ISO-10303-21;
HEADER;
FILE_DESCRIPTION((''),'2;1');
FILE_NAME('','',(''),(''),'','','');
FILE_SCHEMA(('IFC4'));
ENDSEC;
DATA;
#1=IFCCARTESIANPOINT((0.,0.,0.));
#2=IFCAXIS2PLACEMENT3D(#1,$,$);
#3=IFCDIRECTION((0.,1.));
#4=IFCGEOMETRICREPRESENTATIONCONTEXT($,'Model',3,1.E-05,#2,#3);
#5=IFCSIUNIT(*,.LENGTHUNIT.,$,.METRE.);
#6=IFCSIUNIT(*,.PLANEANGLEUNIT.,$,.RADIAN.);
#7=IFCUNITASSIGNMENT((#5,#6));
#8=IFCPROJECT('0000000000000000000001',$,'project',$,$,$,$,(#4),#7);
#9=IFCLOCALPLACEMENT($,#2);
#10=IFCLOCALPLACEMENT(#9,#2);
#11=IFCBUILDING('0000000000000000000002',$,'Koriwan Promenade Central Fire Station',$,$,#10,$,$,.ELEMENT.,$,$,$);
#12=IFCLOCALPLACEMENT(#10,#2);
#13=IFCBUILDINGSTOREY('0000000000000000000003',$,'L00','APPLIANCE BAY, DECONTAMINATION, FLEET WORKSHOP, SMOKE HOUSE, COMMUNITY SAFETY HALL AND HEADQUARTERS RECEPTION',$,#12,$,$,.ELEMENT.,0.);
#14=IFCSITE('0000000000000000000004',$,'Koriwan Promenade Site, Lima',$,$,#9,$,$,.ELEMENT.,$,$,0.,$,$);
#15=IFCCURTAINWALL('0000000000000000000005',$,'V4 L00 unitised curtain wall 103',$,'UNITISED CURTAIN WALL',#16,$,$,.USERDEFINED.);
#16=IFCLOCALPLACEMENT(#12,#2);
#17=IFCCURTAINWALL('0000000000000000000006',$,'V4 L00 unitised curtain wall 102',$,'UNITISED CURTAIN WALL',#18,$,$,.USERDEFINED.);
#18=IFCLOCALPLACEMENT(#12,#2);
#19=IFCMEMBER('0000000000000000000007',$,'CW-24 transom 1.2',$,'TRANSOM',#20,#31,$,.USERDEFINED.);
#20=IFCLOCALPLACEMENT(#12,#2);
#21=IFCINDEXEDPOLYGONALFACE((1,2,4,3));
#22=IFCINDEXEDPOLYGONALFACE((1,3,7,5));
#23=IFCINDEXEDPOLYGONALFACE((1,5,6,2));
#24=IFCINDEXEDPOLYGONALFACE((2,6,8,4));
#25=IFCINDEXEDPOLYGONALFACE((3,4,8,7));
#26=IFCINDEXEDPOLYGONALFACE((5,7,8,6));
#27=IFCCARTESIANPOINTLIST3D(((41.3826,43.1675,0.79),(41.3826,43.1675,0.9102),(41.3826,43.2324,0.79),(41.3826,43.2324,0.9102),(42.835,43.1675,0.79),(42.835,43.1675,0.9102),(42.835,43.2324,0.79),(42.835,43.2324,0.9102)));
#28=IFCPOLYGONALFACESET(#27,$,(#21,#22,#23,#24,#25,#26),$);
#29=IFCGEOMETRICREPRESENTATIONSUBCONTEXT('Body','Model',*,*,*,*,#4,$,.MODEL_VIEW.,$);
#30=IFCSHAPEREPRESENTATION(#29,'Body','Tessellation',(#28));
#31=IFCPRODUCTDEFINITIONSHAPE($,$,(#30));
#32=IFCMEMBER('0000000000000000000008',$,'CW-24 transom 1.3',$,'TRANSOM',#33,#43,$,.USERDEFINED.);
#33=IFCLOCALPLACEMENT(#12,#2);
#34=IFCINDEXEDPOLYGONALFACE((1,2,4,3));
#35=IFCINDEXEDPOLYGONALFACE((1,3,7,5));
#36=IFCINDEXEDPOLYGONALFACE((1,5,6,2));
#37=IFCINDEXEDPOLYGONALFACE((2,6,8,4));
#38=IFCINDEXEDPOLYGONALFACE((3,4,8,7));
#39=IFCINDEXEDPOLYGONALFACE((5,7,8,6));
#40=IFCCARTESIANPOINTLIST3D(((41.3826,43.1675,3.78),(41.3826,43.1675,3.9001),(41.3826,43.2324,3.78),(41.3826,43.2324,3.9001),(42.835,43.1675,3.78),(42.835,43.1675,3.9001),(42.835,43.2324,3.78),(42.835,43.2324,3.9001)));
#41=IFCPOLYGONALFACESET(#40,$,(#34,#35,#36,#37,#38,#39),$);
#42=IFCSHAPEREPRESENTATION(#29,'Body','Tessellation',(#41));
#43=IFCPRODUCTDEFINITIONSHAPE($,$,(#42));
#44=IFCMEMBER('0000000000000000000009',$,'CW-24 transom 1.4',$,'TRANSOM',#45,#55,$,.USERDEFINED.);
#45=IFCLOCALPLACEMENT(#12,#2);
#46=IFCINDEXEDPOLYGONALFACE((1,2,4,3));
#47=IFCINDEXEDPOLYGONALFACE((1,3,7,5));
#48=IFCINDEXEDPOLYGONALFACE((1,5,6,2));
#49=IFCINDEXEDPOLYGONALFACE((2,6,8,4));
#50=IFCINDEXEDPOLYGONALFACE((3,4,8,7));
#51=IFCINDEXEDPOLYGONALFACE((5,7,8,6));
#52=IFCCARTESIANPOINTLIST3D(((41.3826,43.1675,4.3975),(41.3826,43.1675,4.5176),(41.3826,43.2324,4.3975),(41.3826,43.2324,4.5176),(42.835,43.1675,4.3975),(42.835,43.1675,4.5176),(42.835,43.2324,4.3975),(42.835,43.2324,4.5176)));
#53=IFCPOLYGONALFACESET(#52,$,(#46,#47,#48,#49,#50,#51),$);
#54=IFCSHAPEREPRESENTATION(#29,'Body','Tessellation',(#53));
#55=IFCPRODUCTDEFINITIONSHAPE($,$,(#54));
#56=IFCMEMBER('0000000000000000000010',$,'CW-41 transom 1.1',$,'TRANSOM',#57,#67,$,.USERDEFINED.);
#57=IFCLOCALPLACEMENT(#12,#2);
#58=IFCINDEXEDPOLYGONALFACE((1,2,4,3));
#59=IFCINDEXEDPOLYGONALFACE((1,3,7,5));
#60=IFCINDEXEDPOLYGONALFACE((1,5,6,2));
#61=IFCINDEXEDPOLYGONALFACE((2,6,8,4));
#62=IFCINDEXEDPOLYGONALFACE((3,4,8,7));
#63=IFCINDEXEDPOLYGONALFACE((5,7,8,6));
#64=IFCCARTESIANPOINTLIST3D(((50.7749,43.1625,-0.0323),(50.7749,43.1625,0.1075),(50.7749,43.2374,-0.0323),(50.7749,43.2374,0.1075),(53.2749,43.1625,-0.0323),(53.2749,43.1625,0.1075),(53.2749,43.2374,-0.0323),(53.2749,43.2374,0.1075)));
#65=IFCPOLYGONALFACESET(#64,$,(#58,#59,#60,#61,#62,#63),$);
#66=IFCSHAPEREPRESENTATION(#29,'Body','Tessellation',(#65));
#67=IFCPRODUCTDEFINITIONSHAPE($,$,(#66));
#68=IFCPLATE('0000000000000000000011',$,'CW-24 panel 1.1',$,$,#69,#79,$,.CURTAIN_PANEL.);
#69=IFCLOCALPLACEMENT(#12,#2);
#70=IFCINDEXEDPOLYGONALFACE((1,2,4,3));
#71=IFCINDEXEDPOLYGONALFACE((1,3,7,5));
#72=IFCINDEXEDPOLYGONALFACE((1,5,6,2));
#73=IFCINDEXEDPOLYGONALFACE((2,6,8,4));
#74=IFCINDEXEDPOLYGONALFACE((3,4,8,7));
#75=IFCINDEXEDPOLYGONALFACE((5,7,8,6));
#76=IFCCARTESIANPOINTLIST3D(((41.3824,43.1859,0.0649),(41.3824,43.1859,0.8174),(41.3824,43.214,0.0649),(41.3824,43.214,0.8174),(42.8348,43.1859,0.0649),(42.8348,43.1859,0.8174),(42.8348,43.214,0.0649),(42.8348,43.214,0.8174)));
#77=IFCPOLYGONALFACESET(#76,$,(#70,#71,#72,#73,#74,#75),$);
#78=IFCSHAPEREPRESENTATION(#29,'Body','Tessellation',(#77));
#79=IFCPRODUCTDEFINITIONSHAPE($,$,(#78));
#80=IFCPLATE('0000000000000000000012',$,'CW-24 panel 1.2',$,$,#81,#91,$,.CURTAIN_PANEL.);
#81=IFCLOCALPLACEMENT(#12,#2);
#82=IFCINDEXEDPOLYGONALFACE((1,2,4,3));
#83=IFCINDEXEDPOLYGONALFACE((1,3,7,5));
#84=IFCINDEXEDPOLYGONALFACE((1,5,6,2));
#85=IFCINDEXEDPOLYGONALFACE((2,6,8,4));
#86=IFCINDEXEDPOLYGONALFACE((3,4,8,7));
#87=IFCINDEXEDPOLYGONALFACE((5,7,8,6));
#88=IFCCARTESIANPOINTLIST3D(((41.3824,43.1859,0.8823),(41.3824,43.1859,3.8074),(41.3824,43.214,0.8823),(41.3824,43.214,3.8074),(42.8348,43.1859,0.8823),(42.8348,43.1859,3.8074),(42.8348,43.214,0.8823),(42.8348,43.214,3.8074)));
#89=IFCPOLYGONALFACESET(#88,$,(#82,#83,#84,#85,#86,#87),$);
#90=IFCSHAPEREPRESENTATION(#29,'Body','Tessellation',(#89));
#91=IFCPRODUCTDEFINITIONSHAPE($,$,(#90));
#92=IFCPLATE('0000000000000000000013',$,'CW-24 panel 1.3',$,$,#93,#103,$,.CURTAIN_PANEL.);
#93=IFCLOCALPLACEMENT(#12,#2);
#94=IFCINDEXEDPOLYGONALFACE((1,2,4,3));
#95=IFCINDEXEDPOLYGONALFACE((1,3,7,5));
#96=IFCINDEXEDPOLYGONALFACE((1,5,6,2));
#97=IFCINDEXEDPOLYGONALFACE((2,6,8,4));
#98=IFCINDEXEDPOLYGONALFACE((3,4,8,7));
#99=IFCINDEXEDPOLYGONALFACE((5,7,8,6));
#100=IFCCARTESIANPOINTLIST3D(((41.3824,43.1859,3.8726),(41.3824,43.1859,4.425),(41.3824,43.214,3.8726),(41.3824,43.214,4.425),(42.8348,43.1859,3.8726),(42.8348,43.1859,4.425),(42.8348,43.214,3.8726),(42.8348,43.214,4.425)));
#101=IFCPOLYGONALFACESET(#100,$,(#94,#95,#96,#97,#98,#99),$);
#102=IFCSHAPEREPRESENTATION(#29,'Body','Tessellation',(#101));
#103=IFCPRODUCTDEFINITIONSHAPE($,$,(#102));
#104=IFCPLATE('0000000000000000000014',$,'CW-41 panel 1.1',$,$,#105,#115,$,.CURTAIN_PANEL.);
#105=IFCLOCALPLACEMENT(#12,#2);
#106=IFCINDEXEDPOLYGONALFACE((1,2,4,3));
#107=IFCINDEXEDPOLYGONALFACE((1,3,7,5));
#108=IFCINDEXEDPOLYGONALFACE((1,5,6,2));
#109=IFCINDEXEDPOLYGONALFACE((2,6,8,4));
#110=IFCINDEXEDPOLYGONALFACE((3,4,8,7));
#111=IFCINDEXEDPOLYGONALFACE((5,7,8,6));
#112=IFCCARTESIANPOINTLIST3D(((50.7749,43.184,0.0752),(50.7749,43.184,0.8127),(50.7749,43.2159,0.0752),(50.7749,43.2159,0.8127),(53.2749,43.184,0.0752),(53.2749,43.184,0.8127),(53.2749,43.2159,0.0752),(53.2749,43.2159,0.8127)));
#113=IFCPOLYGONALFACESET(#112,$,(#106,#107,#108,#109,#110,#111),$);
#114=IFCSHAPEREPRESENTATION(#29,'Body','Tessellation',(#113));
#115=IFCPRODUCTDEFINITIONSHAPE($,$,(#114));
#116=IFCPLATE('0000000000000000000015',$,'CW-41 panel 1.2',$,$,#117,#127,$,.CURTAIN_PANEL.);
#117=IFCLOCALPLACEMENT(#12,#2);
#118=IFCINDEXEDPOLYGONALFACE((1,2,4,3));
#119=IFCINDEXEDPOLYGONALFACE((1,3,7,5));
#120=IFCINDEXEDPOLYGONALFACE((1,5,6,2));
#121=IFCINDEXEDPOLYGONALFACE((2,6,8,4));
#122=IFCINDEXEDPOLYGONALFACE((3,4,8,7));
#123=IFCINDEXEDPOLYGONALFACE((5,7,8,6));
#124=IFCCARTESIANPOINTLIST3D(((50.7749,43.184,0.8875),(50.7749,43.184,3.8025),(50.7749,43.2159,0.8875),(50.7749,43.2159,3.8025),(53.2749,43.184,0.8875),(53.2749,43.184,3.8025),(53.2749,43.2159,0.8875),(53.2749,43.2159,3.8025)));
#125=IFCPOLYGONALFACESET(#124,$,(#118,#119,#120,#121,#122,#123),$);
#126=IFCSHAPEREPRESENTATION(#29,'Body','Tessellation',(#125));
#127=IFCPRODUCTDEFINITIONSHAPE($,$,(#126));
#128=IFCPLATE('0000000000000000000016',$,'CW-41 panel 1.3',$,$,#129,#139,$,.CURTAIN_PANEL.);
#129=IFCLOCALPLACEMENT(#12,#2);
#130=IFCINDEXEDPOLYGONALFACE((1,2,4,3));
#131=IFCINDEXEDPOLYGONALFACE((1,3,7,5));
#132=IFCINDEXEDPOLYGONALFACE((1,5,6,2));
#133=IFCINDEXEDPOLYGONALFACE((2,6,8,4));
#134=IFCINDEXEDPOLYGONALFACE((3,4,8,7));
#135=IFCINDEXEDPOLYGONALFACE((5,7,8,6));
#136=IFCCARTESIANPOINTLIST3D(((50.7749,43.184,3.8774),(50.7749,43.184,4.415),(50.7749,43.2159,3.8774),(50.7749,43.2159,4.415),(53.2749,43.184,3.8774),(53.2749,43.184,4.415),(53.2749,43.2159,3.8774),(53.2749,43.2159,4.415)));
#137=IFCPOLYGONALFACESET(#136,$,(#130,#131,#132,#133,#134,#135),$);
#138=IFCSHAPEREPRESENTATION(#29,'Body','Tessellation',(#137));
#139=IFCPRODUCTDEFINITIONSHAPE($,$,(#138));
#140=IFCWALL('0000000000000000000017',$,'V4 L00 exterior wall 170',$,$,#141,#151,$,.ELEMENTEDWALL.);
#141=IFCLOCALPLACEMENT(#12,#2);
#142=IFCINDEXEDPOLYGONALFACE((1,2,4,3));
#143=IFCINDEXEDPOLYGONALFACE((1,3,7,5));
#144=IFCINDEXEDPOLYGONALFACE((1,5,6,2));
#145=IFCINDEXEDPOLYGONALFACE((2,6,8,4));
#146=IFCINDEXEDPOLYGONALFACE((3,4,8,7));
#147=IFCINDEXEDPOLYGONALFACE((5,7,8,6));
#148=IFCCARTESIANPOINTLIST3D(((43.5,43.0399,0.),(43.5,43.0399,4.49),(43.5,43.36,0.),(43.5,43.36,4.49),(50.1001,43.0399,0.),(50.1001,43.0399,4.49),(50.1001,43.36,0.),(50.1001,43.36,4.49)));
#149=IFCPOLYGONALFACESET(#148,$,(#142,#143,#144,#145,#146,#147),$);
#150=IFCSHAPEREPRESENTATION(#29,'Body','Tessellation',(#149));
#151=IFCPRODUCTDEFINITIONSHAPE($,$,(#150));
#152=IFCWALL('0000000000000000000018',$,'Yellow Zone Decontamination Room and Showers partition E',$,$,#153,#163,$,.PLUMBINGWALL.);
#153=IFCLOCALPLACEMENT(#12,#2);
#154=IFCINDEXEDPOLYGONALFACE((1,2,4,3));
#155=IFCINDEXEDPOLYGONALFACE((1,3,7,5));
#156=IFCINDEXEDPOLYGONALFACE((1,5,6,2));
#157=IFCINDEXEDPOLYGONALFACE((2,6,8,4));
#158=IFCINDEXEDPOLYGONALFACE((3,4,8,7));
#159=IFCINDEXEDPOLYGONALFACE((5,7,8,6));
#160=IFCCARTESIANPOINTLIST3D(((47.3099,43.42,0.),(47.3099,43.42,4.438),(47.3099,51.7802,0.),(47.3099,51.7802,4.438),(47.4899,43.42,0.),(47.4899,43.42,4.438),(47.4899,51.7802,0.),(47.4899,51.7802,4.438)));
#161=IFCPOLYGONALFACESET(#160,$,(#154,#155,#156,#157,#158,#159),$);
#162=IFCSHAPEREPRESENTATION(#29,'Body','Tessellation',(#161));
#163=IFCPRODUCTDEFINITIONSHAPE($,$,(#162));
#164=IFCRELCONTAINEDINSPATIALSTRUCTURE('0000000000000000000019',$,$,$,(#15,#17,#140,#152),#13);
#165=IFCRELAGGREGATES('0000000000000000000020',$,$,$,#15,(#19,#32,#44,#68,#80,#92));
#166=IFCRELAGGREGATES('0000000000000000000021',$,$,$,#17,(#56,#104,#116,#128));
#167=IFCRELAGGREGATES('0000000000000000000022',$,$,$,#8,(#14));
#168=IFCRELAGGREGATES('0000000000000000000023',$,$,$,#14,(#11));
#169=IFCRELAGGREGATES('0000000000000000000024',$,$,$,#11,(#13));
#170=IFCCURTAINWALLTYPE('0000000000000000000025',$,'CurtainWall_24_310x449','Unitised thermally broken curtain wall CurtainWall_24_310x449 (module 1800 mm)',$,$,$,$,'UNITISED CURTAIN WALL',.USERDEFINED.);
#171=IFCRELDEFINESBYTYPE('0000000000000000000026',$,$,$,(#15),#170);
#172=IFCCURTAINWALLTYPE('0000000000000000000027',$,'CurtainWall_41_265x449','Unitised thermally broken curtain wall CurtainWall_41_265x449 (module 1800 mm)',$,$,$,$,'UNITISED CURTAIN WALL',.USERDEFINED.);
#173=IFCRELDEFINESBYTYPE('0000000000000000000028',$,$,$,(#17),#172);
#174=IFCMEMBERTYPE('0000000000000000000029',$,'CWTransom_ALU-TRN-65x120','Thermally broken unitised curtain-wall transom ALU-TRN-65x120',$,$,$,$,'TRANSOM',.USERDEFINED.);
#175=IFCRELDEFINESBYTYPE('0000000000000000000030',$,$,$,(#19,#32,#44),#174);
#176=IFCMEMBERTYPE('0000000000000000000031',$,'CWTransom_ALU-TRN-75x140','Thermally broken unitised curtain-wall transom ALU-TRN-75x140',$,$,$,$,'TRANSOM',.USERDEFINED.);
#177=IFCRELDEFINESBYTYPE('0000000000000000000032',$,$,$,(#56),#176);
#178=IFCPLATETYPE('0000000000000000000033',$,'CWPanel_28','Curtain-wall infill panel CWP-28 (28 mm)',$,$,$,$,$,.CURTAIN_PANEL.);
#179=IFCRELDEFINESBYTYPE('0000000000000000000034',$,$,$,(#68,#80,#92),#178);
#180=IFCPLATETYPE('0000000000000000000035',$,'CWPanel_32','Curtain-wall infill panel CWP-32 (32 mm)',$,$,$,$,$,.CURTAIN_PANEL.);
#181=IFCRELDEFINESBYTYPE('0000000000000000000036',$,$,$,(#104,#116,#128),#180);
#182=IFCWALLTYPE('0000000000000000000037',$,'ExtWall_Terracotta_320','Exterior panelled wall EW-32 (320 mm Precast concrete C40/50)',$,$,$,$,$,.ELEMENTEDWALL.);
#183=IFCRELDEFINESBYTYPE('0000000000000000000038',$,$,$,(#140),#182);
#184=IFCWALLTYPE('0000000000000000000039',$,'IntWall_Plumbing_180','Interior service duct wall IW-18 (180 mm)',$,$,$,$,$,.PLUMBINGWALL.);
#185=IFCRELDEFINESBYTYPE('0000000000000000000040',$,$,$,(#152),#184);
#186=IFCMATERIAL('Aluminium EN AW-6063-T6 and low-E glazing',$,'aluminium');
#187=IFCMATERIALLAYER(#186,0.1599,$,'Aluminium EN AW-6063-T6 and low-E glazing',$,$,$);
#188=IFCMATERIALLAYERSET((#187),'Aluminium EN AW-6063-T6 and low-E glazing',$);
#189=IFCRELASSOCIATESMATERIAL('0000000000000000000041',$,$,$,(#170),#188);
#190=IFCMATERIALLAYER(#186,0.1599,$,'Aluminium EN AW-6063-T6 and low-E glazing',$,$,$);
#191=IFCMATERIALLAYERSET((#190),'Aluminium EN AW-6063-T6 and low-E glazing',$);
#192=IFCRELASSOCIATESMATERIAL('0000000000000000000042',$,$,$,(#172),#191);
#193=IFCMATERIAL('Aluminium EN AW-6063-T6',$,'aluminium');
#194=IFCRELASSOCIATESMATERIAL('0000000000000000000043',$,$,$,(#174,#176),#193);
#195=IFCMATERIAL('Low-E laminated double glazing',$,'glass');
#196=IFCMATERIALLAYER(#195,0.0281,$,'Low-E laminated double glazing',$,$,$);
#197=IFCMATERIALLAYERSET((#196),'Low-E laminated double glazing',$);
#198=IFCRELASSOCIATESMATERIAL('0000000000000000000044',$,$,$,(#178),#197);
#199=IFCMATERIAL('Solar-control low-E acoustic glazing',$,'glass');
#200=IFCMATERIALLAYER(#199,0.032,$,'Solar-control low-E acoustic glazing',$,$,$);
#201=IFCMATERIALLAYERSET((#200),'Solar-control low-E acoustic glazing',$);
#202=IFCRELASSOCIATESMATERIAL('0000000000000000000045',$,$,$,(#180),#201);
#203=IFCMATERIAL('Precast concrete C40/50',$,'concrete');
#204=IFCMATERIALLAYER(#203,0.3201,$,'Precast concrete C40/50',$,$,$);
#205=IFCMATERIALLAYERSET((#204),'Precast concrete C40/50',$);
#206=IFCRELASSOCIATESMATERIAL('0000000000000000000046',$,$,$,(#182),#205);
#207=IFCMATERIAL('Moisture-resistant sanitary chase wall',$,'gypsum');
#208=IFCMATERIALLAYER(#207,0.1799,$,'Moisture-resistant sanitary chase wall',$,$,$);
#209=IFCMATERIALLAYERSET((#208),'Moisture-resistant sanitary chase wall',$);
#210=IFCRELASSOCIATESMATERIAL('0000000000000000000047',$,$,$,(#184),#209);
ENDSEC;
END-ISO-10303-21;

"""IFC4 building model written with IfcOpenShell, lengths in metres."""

from ifc_helpers import new_model, si_unit, direction, frame, frame_2d, origin, origin_2d, place, context, subcontext, project, spatial, rectangle, extrude, material, layer, layer_set, material_profile, profile_set, type_object, element, aggregate, save


model = new_model("IFC4")

# Units and contexts
model_context = context("Model", 3, precision=1e-05, world=origin(), true_north=direction((0.0, 1.0)))
body_context = subcontext(model_context, "Body", "Model", "MODEL_VIEW")
ifc_project = project(units=[si_unit("LENGTHUNIT", "METRE"), si_unit("PLANEANGLEUNIT", "RADIAN")], contexts=[model_context])

# Site, building, storey
site_placement = place(None, origin())
site = spatial("IfcSite", under=ifc_project, at=site_placement, Name="Koriwan Promenade Site, Lima", CompositionType="ELEMENT", RefElevation=0.0)
building_placement = place(site_placement, origin())
building = spatial("IfcBuilding", under=site, at=building_placement, Name="Koriwan Promenade Central Fire Station", CompositionType="ELEMENT")
storey_placement = place(building_placement, origin())
storey = spatial("IfcBuildingStorey", under=building, at=storey_placement, Name="L00", Description="APPLIANCE BAY, DECONTAMINATION, FLEET WORKSHOP, SMOKE HOUSE, COMMUNITY SAFETY HALL AND HEADQUARTERS RECEPTION", CompositionType="ELEMENT", Elevation=0.0)

# Curtain walls
ifc_material_1 = material(Name="Aluminium EN AW-6063-T6 and low-E glazing", Category="aluminium")
ifc_layer_1 = layer(ifc_material_1, 0.1599, Name="Aluminium EN AW-6063-T6 and low-E glazing")
ifc_layer_set_1 = layer_set([ifc_layer_1], Name="Aluminium EN AW-6063-T6 and low-E glazing")
curtain_wall_type_1 = type_object("IfcCurtainWallType", Name="CurtainWall_24_310x449", Description="Unitised thermally broken curtain wall CurtainWall_24_310x449 (module 1800 mm)", ElementType="UNITISED CURTAIN WALL", PredefinedType="USERDEFINED", material=ifc_layer_set_1)
curtain_wall_1_placement = place(storey_placement, origin())
curtain_wall_1 = element("IfcCurtainWall", 1, at=curtain_wall_1_placement, inside=storey, type_object=curtain_wall_type_1, Name="V4 L00 unitised curtain wall 103", ObjectType="UNITISED CURTAIN WALL", PredefinedType="USERDEFINED")
ifc_material_2 = material(Name="Aluminium EN AW-6063-T6", Category="aluminium")
ifc_layer_2 = layer(ifc_material_1, 0.1599, Name="Aluminium EN AW-6063-T6 and low-E glazing")
ifc_layer_set_2 = layer_set([ifc_layer_2], Name="Aluminium EN AW-6063-T6 and low-E glazing")
curtain_wall_type_2 = type_object("IfcCurtainWallType", Name="CurtainWall_41_265x449", Description="Unitised thermally broken curtain wall CurtainWall_41_265x449 (module 1800 mm)", ElementType="UNITISED CURTAIN WALL", PredefinedType="USERDEFINED", material=ifc_layer_set_2)
curtain_wall_2_placement = place(storey_placement, origin())
curtain_wall_2 = element("IfcCurtainWall", 2, at=curtain_wall_2_placement, inside=storey, type_object=curtain_wall_type_2, Name="V4 L00 unitised curtain wall 102", ObjectType="UNITISED CURTAIN WALL", PredefinedType="USERDEFINED")

# Members
ifc_material_profile_1 = material_profile(ifc_material_2, rectangle(XDim=0.0649, YDim=0.1201, at=origin_2d()), Name="ALU-TRN-65x120")
ifc_profile_set_1 = profile_set([ifc_material_profile_1], Name="Aluminium EN AW-6063-T6")
member_type_1 = type_object("IfcMemberType", Name="CWTransom_ALU-TRN-65x120", Description="Thermally broken unitised curtain-wall transom ALU-TRN-65x120", ElementType="TRANSOM", PredefinedType="USERDEFINED", material=ifc_profile_set_1)
member_1_placement = place(storey_placement, frame((42.835, 43.2, 0.8501), z_axis=(-1.0, 0.0, 0.0), x_axis=(0.0, -1.0, 0.0)))
member_1 = element("IfcMember", 3, at=member_1_placement, type_object=member_type_1, Name="CW-24 transom 1.2", ObjectType="TRANSOM", PredefinedType="USERDEFINED", context=body_context, shape_type="SweptSolid", body=[
    extrude(rectangle(XDim=0.0649, YDim=0.1201, at=origin_2d()), origin(), (0.0, 0.0, 1.0), 1.4524),
])
member_2_placement = place(storey_placement, frame((42.835, 43.2, 3.8401), z_axis=(-1.0, 0.0, 0.0), x_axis=(0.0, -1.0, 0.0)))
member_2 = element("IfcMember", 4, at=member_2_placement, type_object=member_type_1, Name="CW-24 transom 1.3", ObjectType="TRANSOM", PredefinedType="USERDEFINED", context=body_context, shape_type="SweptSolid", body=[
    extrude(rectangle(XDim=0.0649, YDim=0.1201, at=origin_2d()), origin(), (0.0, 0.0, 1.0), 1.4524),
])
member_3_placement = place(storey_placement, frame((42.835, 43.2, 4.4575), z_axis=(-1.0, 0.0, 0.0), x_axis=(0.0, -1.0, 0.0)))
member_3 = element("IfcMember", 5, at=member_3_placement, type_object=member_type_1, Name="CW-24 transom 1.4", ObjectType="TRANSOM", PredefinedType="USERDEFINED", context=body_context, shape_type="SweptSolid", body=[
    extrude(rectangle(XDim=0.0649, YDim=0.1201, at=origin_2d()), origin(), (0.0, 0.0, 1.0), 1.4524),
])
ifc_material_profile_2 = material_profile(ifc_material_2, rectangle(XDim=0.075, YDim=0.1399, at=origin_2d()), Name="ALU-TRN-75x140")
ifc_profile_set_2 = profile_set([ifc_material_profile_2], Name="Aluminium EN AW-6063-T6")
member_type_2 = type_object("IfcMemberType", Name="CWTransom_ALU-TRN-75x140", Description="Thermally broken unitised curtain-wall transom ALU-TRN-75x140", ElementType="TRANSOM", PredefinedType="USERDEFINED", material=ifc_profile_set_2)
member_4_placement = place(storey_placement, frame((53.2749, 43.2, 0.0376), z_axis=(-1.0, 0.0, 0.0), x_axis=(0.0, -1.0, 0.0)))
member_4 = element("IfcMember", 6, at=member_4_placement, type_object=member_type_2, Name="CW-41 transom 1.1", ObjectType="TRANSOM", PredefinedType="USERDEFINED", context=body_context, shape_type="SweptSolid", body=[
    extrude(rectangle(XDim=0.075, YDim=0.1399, at=origin_2d()), origin(), (0.0, 0.0, 1.0), 2.5),
])

# Plates
ifc_material_3 = material(Name="Low-E laminated double glazing", Category="glass")
ifc_layer_3 = layer(ifc_material_3, 0.0281, Name="Low-E laminated double glazing")
ifc_layer_set_3 = layer_set([ifc_layer_3], Name="Low-E laminated double glazing")
plate_type_1 = type_object("IfcPlateType", Name="CWPanel_28", Description="Curtain-wall infill panel CWP-28 (28 mm)", PredefinedType="CURTAIN_PANEL", material=ifc_layer_set_3)
plate_1_placement = place(storey_placement, frame((42.1086, 43.2, 0.0649), z_axis=(0.0, 0.0, 1.0), x_axis=(-1.0, 0.0, 0.0)))
plate_1 = element("IfcPlate", 7, at=plate_1_placement, type_object=plate_type_1, Name="CW-24 panel 1.1", PredefinedType="CURTAIN_PANEL", context=body_context, shape_type="SweptSolid", body=[
    extrude(rectangle(XDim=1.4524, YDim=0.0281, at=origin_2d()), origin(), (0.0, 0.0, 1.0), 0.7524),
])
plate_2_placement = place(storey_placement, frame((42.1086, 43.2, 0.8823), z_axis=(0.0, 0.0, 1.0), x_axis=(-1.0, 0.0, 0.0)))
plate_2 = element("IfcPlate", 8, at=plate_2_placement, type_object=plate_type_1, Name="CW-24 panel 1.2", PredefinedType="CURTAIN_PANEL", context=body_context, shape_type="SweptSolid", body=[
    extrude(rectangle(XDim=1.4524, YDim=0.0281, at=origin_2d()), origin(), (0.0, 0.0, 1.0), 2.925),
])
plate_3_placement = place(storey_placement, frame((42.1086, 43.2, 3.8726), z_axis=(0.0, 0.0, 1.0), x_axis=(-1.0, 0.0, 0.0)))
plate_3 = element("IfcPlate", 9, at=plate_3_placement, type_object=plate_type_1, Name="CW-24 panel 1.3", PredefinedType="CURTAIN_PANEL", context=body_context, shape_type="SweptSolid", body=[
    extrude(rectangle(XDim=1.4524, YDim=0.0281, at=origin_2d()), origin(), (0.0, 0.0, 1.0), 0.5525),
])
aggregate(curtain_wall_1, [member_1, member_2, member_3, plate_1, plate_2, plate_3])
ifc_material_4 = material(Name="Solar-control low-E acoustic glazing", Category="glass")
ifc_layer_4 = layer(ifc_material_4, 0.032, Name="Solar-control low-E acoustic glazing")
ifc_layer_set_4 = layer_set([ifc_layer_4], Name="Solar-control low-E acoustic glazing")
plate_type_2 = type_object("IfcPlateType", Name="CWPanel_32", Description="Curtain-wall infill panel CWP-32 (32 mm)", PredefinedType="CURTAIN_PANEL", material=ifc_layer_set_4)
plate_4_placement = place(storey_placement, frame((52.0249, 43.2, 0.0752), z_axis=(0.0, 0.0, 1.0), x_axis=(-1.0, 0.0, 0.0)))
plate_4 = element("IfcPlate", 10, at=plate_4_placement, type_object=plate_type_2, Name="CW-41 panel 1.1", PredefinedType="CURTAIN_PANEL", context=body_context, shape_type="SweptSolid", body=[
    extrude(rectangle(XDim=2.5, YDim=0.032, at=origin_2d()), origin(), (0.0, 0.0, 1.0), 0.7375),
])
plate_5_placement = place(storey_placement, frame((52.0249, 43.2, 0.8875), z_axis=(0.0, 0.0, 1.0), x_axis=(-1.0, 0.0, 0.0)))
plate_5 = element("IfcPlate", 11, at=plate_5_placement, type_object=plate_type_2, Name="CW-41 panel 1.2", PredefinedType="CURTAIN_PANEL", context=body_context, shape_type="SweptSolid", body=[
    extrude(rectangle(XDim=2.5, YDim=0.032, at=origin_2d()), origin(), (0.0, 0.0, 1.0), 2.915),
])
plate_6_placement = place(storey_placement, frame((52.0249, 43.2, 3.8774), z_axis=(0.0, 0.0, 1.0), x_axis=(-1.0, 0.0, 0.0)))
plate_6 = element("IfcPlate", 12, at=plate_6_placement, type_object=plate_type_2, Name="CW-41 panel 1.3", PredefinedType="CURTAIN_PANEL", context=body_context, shape_type="SweptSolid", body=[
    extrude(rectangle(XDim=2.5, YDim=0.032, at=origin_2d()), origin(), (0.0, 0.0, 1.0), 0.5376),
])
aggregate(curtain_wall_2, [member_4, plate_4, plate_5, plate_6])

# Walls
ifc_material_5 = material(Name="Precast concrete C40/50", Category="concrete")
ifc_layer_5 = layer(ifc_material_5, 0.3201, Name="Precast concrete C40/50")
ifc_layer_set_5 = layer_set([ifc_layer_5], Name="Precast concrete C40/50")
wall_type_1 = type_object("IfcWallType", Name="ExtWall_Terracotta_320", Description="Exterior panelled wall EW-32 (320 mm Precast concrete C40/50)", PredefinedType="ELEMENTEDWALL", material=ifc_layer_set_5)
wall_1_placement = place(storey_placement, frame((50.1001, 43.2, 0.0), z_axis=(0.0, 0.0, 1.0), x_axis=(-1.0, 0.0, 0.0)))
element("IfcWall", 13, at=wall_1_placement, inside=storey, type_object=wall_type_1, Name="V4 L00 exterior wall 170", PredefinedType="ELEMENTEDWALL", context=body_context, shape_type="SweptSolid", body=[
    extrude(rectangle(XDim=6.6001, YDim=0.3201, at=frame_2d((3.3, 0.0))), origin(), (0.0, 0.0, 1.0), 4.49),
])
ifc_material_6 = material(Name="Moisture-resistant sanitary chase wall", Category="gypsum")
ifc_layer_6 = layer(ifc_material_6, 0.1799, Name="Moisture-resistant sanitary chase wall")
ifc_layer_set_6 = layer_set([ifc_layer_6], Name="Moisture-resistant sanitary chase wall")
wall_type_2 = type_object("IfcWallType", Name="IntWall_Plumbing_180", Description="Interior service duct wall IW-18 (180 mm)", PredefinedType="PLUMBINGWALL", material=ifc_layer_set_6)
wall_2_placement = place(storey_placement, frame((47.3999, 43.4199, 0.0), z_axis=(0.0, 0.0, 1.0), x_axis=(0.0, 1.0, 0.0)))
element("IfcWall", 14, at=wall_2_placement, inside=storey, type_object=wall_type_2, Name="Yellow Zone Decontamination Room and Showers partition E", PredefinedType="PLUMBINGWALL", context=body_context, shape_type="SweptSolid", body=[
    extrude(rectangle(XDim=8.3601, YDim=0.1799, at=frame_2d((4.1802, 0.0))), origin(), (0.0, 0.0, 1.0), 4.438),
])

save(model, "model.ifc")
